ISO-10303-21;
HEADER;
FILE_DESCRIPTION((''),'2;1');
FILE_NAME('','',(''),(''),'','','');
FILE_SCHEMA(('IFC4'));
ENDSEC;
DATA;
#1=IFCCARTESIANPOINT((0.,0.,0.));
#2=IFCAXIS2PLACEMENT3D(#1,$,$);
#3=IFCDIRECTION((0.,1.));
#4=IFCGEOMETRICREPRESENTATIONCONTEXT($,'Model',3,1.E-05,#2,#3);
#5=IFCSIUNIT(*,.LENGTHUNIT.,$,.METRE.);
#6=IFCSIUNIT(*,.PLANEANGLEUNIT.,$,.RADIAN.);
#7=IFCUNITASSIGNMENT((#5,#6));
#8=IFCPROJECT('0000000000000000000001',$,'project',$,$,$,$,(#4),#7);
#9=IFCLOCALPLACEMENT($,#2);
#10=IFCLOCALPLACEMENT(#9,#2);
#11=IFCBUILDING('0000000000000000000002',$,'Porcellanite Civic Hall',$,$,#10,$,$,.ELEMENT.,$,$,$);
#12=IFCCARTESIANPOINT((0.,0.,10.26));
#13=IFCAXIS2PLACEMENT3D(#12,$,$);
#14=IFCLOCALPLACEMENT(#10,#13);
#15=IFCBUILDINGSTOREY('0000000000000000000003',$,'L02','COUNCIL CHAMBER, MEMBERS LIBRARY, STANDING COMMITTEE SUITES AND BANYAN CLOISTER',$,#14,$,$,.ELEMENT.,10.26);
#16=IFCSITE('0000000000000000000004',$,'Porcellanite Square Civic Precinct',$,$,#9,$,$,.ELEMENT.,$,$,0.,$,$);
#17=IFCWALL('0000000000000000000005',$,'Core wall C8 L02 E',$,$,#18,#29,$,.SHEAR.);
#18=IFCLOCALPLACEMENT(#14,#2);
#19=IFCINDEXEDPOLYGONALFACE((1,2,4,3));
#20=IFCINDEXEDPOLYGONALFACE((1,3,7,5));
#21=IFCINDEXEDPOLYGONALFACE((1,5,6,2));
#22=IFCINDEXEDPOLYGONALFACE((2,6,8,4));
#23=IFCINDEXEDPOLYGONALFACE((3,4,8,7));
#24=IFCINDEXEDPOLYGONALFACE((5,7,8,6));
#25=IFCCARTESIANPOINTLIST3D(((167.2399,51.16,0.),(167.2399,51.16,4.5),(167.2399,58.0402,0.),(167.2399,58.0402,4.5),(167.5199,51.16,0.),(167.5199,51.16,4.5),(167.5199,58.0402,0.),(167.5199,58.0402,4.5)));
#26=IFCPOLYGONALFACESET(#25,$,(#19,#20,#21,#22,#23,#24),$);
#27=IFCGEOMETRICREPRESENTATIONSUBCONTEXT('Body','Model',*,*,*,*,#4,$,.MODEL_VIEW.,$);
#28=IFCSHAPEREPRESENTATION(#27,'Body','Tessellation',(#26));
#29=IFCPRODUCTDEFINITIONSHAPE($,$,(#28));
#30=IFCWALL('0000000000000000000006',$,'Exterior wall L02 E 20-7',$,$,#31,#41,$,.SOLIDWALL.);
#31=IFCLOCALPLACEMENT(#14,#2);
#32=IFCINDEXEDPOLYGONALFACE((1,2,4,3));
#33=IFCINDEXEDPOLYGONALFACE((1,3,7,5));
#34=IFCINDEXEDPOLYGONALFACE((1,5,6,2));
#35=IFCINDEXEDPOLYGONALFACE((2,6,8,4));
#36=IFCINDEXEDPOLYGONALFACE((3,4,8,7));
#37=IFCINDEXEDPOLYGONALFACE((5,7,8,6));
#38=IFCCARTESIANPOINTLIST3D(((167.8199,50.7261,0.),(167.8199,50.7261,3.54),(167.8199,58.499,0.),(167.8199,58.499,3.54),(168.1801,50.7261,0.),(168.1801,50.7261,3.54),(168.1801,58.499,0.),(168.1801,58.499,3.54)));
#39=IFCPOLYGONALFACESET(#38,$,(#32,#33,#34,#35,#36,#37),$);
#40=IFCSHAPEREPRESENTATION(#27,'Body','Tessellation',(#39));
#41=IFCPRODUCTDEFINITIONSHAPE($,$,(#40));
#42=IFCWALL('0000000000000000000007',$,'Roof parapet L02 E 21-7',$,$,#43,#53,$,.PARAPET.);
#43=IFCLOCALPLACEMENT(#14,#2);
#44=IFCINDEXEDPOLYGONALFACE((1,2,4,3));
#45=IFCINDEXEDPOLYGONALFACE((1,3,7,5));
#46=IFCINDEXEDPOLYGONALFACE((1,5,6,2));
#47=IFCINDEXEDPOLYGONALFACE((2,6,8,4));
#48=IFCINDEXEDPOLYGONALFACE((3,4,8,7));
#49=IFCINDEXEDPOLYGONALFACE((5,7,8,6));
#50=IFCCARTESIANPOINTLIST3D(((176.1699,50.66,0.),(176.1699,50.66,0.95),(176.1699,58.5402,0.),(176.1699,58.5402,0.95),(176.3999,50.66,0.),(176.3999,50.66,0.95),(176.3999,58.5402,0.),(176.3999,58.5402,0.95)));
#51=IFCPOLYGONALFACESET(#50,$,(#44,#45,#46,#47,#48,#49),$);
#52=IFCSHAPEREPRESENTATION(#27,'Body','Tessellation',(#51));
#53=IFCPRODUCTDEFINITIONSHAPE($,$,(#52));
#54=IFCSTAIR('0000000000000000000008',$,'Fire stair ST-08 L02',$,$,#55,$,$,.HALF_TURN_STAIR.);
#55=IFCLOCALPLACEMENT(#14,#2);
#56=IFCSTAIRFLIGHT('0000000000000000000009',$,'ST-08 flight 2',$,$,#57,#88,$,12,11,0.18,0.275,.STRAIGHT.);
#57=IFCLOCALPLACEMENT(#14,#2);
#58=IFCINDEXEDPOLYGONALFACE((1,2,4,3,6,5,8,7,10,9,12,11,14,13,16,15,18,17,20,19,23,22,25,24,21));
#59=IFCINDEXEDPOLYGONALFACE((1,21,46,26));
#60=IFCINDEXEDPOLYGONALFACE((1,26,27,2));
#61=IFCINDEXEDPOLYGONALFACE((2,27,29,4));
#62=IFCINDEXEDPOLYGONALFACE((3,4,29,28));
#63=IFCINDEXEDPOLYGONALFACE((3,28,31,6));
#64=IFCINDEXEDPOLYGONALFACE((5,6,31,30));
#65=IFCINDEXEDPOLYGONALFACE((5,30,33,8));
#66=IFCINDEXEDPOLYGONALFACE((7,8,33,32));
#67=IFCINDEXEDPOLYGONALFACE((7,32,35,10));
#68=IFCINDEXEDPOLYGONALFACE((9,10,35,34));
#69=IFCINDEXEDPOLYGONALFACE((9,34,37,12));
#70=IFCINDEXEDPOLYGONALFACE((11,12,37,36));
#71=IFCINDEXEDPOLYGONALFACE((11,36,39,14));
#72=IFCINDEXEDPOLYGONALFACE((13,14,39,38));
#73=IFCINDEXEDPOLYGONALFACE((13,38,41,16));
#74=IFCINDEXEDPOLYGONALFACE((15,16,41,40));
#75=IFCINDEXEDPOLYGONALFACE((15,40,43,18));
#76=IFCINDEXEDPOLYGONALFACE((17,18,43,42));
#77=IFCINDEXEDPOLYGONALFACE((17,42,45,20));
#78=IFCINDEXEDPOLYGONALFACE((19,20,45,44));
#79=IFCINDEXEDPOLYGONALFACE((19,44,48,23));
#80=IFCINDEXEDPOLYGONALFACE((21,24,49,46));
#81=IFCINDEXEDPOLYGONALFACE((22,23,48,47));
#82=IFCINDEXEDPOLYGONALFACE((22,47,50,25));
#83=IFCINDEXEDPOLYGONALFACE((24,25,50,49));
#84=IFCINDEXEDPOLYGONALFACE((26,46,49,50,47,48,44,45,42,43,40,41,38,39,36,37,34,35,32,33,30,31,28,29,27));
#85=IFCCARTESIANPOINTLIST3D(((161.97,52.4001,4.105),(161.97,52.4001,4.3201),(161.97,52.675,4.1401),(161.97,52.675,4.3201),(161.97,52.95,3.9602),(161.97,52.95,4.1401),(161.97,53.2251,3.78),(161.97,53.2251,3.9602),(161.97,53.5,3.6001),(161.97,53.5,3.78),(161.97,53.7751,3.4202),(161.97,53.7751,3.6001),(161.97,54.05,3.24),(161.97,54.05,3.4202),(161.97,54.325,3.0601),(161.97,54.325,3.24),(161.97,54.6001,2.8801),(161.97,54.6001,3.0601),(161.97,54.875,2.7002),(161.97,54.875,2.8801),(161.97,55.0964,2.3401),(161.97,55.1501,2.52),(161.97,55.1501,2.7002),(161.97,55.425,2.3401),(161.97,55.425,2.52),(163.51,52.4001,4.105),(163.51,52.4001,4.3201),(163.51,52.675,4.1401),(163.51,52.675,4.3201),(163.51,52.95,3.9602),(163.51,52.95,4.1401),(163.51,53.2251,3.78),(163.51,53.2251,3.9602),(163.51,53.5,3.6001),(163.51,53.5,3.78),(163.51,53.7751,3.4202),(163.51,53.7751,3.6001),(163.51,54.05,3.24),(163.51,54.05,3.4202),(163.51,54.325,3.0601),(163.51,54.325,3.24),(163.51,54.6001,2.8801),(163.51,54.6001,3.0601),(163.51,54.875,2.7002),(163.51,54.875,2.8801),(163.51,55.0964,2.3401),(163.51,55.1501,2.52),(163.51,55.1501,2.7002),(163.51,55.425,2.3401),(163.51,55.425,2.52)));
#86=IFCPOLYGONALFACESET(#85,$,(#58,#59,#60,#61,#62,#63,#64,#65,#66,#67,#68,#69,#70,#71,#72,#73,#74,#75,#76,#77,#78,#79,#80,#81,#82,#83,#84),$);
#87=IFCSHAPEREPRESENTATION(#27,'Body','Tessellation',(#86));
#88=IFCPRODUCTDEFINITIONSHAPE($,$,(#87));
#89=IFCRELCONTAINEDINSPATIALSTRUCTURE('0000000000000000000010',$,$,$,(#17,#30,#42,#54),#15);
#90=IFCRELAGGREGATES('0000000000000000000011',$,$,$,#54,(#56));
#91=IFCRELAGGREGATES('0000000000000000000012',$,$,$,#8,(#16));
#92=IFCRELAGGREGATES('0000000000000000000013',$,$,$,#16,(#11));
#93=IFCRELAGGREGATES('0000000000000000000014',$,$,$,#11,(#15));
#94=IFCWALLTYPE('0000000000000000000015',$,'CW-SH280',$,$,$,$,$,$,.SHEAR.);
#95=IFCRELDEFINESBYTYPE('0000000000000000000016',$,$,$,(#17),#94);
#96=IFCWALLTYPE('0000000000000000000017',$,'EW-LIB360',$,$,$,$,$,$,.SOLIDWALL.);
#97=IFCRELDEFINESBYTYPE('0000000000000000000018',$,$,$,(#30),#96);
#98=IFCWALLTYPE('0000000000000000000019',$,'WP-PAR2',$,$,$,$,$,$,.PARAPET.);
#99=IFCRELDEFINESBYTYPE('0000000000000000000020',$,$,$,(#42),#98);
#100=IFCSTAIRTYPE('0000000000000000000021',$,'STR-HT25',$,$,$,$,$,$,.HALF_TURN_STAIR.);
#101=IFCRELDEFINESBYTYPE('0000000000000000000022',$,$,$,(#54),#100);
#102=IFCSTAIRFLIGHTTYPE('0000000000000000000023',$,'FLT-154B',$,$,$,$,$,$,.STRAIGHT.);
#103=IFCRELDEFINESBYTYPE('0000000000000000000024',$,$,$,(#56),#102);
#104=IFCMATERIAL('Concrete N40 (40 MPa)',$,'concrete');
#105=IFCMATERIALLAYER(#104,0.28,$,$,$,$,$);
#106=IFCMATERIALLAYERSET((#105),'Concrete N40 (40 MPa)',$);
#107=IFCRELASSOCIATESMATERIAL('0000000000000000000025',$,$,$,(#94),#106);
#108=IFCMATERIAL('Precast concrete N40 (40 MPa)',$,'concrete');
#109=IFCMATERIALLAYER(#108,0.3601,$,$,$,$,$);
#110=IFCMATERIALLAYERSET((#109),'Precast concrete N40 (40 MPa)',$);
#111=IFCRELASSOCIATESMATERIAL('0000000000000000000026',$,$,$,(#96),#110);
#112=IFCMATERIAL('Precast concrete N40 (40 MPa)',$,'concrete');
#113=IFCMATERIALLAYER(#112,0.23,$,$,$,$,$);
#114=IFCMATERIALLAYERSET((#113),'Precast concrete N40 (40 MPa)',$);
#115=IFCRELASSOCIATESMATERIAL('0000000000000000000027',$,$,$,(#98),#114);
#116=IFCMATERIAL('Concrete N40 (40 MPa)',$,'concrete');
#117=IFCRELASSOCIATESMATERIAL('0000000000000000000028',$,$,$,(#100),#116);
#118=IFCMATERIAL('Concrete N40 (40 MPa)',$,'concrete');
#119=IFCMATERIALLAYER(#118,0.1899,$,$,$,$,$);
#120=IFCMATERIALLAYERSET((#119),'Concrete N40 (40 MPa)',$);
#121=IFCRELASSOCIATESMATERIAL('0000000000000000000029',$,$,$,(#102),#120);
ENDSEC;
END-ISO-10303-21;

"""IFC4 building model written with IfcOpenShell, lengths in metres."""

from ifc_helpers import new_model, si_unit, direction, frame, frame_2d, origin, place, context, subcontext, project, spatial, polyline, rectangle, outline, extrude, material, layer, layer_set, type_object, element, aggregate, save


model = new_model("IFC4")

# Units and contexts
model_context = context("Model", 3, precision=1e-05, world=origin(), true_north=direction((0.0, 1.0)))
body_context = subcontext(model_context, "Body", "Model", "MODEL_VIEW")
ifc_project = project(units=[si_unit("LENGTHUNIT", "METRE"), si_unit("PLANEANGLEUNIT", "RADIAN")], contexts=[model_context])

# Site, building, storey
site_placement = place(None, origin())
site = spatial("IfcSite", under=ifc_project, at=site_placement, Name="Porcellanite Square Civic Precinct", CompositionType="ELEMENT", RefElevation=0.0)
building_placement = place(site_placement, origin())
building = spatial("IfcBuilding", under=site, at=building_placement, Name="Porcellanite Civic Hall", CompositionType="ELEMENT")
storey_placement = place(building_placement, frame((0.0, 0.0, 10.26)))
storey = spatial("IfcBuildingStorey", under=building, at=storey_placement, Name="L02", Description="COUNCIL CHAMBER, MEMBERS LIBRARY, STANDING COMMITTEE SUITES AND BANYAN CLOISTER", CompositionType="ELEMENT", Elevation=10.26)

# Walls
ifc_material_1 = material(Name="Concrete N40 (40 MPa)", Category="concrete")
ifc_layer_1 = layer(ifc_material_1, 0.28)
ifc_layer_set_1 = layer_set([ifc_layer_1], Name="Concrete N40 (40 MPa)")
wall_type_1 = type_object("IfcWallType", Name="CW-SH280", PredefinedType="SHEAR", material=ifc_layer_set_1)
wall_1_placement = place(storey_placement, frame((167.3799, 58.04, 0.0), z_axis=(0.0, 0.0, 1.0), x_axis=(0.0, -1.0, 0.0)))
element("IfcWall", 1, at=wall_1_placement, inside=storey, type_object=wall_type_1, Name="Core wall C8 L02 E", PredefinedType="SHEAR", context=body_context, shape_type="SweptSolid", body=[
    extrude(rectangle(XDim=6.8801, YDim=0.28, at=frame_2d((3.4399, 0.0))), origin(), (0.0, 0.0, 1.0), 4.5),
])
ifc_material_2 = material(Name="Precast concrete N40 (40 MPa)", Category="concrete")
ifc_layer_2 = layer(ifc_material_2, 0.3601)
ifc_layer_set_2 = layer_set([ifc_layer_2], Name="Precast concrete N40 (40 MPa)")
wall_type_2 = type_object("IfcWallType", Name="EW-LIB360", PredefinedType="SOLIDWALL", material=ifc_layer_set_2)
wall_2_placement = place(storey_placement, frame((168.0, 58.499, 0.0), z_axis=(0.0, 0.0, 1.0), x_axis=(0.0, -1.0, 0.0)))
element("IfcWall", 2, at=wall_2_placement, inside=storey, type_object=wall_type_2, Name="Exterior wall L02 E 20-7", PredefinedType="SOLIDWALL", context=body_context, shape_type="SweptSolid", body=[
    extrude(rectangle(XDim=7.7729, YDim=0.3601, at=frame_2d((3.8865, 0.0))), origin(), (0.0, 0.0, 1.0), 3.54),
])

# Wall
ifc_material_3 = material(Name="Precast concrete N40 (40 MPa)", Category="concrete")
ifc_layer_3 = layer(ifc_material_3, 0.23)
ifc_layer_set_3 = layer_set([ifc_layer_3], Name="Precast concrete N40 (40 MPa)")
wall_type_3 = type_object("IfcWallType", Name="WP-PAR2", PredefinedType="PARAPET", material=ifc_layer_set_3)
wall_3_placement = place(storey_placement, frame((176.2849, 58.54, 0.0), z_axis=(0.0, 0.0, 1.0), x_axis=(0.0, -1.0, 0.0)))
element("IfcWall", 3, at=wall_3_placement, inside=storey, type_object=wall_type_3, Name="Roof parapet L02 E 21-7", PredefinedType="PARAPET", context=body_context, shape_type="SweptSolid", body=[
    extrude(rectangle(XDim=7.8801, YDim=0.23, at=frame_2d((3.9399, 0.0))), origin(), (0.0, 0.0, 1.0), 0.95),
])

# Stair, stair flight
ifc_material_4 = material(Name="Concrete N40 (40 MPa)", Category="concrete")
stair_type = type_object("IfcStairType", Name="STR-HT25", PredefinedType="HALF_TURN_STAIR", material=ifc_material_4)
stair_placement = place(storey_placement, origin())
stair = element("IfcStair", 4, at=stair_placement, inside=storey, type_object=stair_type, Name="Fire stair ST-08 L02", PredefinedType="HALF_TURN_STAIR")
ifc_material_5 = material(Name="Concrete N40 (40 MPa)", Category="concrete")
ifc_layer_4 = layer(ifc_material_5, 0.1899)
ifc_layer_set_4 = layer_set([ifc_layer_4], Name="Concrete N40 (40 MPa)")
stair_flight_type = type_object("IfcStairFlightType", Name="FLT-154B", PredefinedType="STRAIGHT", material=ifc_layer_set_4)
stair_flight_placement = place(storey_placement, frame((162.74, 55.425, 2.3401), z_axis=(0.0, 0.0, 1.0), x_axis=(0.0, -1.0, 0.0)))
stair_flight = element("IfcStairFlight", 5, at=stair_flight_placement, type_object=stair_flight_type, Name="ST-08 flight 2", NumberOfRisers=12, NumberOfTreads=11, PredefinedType="STRAIGHT", RiserHeight=0.18, TreadLength=0.275, context=body_context, shape_type="SweptSolid", body=[
    extrude(outline(polyline([(0.0, 0.0), (0.0, 0.1799), (0.2749, 0.1799), (0.2749, 0.3601), (0.55, 0.3601), (0.55, 0.54), (0.825, 0.54), (0.825, 0.72), (1.1001, 0.72), (1.1001, 0.8999), (1.375, 0.8999), (1.375, 1.0801), (1.6499, 1.0801), (1.6499, 1.26), (1.925, 1.26), (1.925, 1.4399), (2.2, 1.4399), (2.2, 1.6201), (2.4751, 1.6201), (2.4751, 1.8), (2.75, 1.8), (2.75, 1.98), (3.0249, 1.98), (3.0249, 2.1599), (3.0249, 1.7649), (0.3286, 0.0), (0.0, 0.0)])), frame((0.0, 0.77, 0.0), z_axis=(0.0, -1.0, 0.0), x_axis=(1.0, 0.0, 0.0)), (0.0, 0.0, 1.0), 1.54),
])
aggregate(stair, [stair_flight])

save(model, "model.ifc")
